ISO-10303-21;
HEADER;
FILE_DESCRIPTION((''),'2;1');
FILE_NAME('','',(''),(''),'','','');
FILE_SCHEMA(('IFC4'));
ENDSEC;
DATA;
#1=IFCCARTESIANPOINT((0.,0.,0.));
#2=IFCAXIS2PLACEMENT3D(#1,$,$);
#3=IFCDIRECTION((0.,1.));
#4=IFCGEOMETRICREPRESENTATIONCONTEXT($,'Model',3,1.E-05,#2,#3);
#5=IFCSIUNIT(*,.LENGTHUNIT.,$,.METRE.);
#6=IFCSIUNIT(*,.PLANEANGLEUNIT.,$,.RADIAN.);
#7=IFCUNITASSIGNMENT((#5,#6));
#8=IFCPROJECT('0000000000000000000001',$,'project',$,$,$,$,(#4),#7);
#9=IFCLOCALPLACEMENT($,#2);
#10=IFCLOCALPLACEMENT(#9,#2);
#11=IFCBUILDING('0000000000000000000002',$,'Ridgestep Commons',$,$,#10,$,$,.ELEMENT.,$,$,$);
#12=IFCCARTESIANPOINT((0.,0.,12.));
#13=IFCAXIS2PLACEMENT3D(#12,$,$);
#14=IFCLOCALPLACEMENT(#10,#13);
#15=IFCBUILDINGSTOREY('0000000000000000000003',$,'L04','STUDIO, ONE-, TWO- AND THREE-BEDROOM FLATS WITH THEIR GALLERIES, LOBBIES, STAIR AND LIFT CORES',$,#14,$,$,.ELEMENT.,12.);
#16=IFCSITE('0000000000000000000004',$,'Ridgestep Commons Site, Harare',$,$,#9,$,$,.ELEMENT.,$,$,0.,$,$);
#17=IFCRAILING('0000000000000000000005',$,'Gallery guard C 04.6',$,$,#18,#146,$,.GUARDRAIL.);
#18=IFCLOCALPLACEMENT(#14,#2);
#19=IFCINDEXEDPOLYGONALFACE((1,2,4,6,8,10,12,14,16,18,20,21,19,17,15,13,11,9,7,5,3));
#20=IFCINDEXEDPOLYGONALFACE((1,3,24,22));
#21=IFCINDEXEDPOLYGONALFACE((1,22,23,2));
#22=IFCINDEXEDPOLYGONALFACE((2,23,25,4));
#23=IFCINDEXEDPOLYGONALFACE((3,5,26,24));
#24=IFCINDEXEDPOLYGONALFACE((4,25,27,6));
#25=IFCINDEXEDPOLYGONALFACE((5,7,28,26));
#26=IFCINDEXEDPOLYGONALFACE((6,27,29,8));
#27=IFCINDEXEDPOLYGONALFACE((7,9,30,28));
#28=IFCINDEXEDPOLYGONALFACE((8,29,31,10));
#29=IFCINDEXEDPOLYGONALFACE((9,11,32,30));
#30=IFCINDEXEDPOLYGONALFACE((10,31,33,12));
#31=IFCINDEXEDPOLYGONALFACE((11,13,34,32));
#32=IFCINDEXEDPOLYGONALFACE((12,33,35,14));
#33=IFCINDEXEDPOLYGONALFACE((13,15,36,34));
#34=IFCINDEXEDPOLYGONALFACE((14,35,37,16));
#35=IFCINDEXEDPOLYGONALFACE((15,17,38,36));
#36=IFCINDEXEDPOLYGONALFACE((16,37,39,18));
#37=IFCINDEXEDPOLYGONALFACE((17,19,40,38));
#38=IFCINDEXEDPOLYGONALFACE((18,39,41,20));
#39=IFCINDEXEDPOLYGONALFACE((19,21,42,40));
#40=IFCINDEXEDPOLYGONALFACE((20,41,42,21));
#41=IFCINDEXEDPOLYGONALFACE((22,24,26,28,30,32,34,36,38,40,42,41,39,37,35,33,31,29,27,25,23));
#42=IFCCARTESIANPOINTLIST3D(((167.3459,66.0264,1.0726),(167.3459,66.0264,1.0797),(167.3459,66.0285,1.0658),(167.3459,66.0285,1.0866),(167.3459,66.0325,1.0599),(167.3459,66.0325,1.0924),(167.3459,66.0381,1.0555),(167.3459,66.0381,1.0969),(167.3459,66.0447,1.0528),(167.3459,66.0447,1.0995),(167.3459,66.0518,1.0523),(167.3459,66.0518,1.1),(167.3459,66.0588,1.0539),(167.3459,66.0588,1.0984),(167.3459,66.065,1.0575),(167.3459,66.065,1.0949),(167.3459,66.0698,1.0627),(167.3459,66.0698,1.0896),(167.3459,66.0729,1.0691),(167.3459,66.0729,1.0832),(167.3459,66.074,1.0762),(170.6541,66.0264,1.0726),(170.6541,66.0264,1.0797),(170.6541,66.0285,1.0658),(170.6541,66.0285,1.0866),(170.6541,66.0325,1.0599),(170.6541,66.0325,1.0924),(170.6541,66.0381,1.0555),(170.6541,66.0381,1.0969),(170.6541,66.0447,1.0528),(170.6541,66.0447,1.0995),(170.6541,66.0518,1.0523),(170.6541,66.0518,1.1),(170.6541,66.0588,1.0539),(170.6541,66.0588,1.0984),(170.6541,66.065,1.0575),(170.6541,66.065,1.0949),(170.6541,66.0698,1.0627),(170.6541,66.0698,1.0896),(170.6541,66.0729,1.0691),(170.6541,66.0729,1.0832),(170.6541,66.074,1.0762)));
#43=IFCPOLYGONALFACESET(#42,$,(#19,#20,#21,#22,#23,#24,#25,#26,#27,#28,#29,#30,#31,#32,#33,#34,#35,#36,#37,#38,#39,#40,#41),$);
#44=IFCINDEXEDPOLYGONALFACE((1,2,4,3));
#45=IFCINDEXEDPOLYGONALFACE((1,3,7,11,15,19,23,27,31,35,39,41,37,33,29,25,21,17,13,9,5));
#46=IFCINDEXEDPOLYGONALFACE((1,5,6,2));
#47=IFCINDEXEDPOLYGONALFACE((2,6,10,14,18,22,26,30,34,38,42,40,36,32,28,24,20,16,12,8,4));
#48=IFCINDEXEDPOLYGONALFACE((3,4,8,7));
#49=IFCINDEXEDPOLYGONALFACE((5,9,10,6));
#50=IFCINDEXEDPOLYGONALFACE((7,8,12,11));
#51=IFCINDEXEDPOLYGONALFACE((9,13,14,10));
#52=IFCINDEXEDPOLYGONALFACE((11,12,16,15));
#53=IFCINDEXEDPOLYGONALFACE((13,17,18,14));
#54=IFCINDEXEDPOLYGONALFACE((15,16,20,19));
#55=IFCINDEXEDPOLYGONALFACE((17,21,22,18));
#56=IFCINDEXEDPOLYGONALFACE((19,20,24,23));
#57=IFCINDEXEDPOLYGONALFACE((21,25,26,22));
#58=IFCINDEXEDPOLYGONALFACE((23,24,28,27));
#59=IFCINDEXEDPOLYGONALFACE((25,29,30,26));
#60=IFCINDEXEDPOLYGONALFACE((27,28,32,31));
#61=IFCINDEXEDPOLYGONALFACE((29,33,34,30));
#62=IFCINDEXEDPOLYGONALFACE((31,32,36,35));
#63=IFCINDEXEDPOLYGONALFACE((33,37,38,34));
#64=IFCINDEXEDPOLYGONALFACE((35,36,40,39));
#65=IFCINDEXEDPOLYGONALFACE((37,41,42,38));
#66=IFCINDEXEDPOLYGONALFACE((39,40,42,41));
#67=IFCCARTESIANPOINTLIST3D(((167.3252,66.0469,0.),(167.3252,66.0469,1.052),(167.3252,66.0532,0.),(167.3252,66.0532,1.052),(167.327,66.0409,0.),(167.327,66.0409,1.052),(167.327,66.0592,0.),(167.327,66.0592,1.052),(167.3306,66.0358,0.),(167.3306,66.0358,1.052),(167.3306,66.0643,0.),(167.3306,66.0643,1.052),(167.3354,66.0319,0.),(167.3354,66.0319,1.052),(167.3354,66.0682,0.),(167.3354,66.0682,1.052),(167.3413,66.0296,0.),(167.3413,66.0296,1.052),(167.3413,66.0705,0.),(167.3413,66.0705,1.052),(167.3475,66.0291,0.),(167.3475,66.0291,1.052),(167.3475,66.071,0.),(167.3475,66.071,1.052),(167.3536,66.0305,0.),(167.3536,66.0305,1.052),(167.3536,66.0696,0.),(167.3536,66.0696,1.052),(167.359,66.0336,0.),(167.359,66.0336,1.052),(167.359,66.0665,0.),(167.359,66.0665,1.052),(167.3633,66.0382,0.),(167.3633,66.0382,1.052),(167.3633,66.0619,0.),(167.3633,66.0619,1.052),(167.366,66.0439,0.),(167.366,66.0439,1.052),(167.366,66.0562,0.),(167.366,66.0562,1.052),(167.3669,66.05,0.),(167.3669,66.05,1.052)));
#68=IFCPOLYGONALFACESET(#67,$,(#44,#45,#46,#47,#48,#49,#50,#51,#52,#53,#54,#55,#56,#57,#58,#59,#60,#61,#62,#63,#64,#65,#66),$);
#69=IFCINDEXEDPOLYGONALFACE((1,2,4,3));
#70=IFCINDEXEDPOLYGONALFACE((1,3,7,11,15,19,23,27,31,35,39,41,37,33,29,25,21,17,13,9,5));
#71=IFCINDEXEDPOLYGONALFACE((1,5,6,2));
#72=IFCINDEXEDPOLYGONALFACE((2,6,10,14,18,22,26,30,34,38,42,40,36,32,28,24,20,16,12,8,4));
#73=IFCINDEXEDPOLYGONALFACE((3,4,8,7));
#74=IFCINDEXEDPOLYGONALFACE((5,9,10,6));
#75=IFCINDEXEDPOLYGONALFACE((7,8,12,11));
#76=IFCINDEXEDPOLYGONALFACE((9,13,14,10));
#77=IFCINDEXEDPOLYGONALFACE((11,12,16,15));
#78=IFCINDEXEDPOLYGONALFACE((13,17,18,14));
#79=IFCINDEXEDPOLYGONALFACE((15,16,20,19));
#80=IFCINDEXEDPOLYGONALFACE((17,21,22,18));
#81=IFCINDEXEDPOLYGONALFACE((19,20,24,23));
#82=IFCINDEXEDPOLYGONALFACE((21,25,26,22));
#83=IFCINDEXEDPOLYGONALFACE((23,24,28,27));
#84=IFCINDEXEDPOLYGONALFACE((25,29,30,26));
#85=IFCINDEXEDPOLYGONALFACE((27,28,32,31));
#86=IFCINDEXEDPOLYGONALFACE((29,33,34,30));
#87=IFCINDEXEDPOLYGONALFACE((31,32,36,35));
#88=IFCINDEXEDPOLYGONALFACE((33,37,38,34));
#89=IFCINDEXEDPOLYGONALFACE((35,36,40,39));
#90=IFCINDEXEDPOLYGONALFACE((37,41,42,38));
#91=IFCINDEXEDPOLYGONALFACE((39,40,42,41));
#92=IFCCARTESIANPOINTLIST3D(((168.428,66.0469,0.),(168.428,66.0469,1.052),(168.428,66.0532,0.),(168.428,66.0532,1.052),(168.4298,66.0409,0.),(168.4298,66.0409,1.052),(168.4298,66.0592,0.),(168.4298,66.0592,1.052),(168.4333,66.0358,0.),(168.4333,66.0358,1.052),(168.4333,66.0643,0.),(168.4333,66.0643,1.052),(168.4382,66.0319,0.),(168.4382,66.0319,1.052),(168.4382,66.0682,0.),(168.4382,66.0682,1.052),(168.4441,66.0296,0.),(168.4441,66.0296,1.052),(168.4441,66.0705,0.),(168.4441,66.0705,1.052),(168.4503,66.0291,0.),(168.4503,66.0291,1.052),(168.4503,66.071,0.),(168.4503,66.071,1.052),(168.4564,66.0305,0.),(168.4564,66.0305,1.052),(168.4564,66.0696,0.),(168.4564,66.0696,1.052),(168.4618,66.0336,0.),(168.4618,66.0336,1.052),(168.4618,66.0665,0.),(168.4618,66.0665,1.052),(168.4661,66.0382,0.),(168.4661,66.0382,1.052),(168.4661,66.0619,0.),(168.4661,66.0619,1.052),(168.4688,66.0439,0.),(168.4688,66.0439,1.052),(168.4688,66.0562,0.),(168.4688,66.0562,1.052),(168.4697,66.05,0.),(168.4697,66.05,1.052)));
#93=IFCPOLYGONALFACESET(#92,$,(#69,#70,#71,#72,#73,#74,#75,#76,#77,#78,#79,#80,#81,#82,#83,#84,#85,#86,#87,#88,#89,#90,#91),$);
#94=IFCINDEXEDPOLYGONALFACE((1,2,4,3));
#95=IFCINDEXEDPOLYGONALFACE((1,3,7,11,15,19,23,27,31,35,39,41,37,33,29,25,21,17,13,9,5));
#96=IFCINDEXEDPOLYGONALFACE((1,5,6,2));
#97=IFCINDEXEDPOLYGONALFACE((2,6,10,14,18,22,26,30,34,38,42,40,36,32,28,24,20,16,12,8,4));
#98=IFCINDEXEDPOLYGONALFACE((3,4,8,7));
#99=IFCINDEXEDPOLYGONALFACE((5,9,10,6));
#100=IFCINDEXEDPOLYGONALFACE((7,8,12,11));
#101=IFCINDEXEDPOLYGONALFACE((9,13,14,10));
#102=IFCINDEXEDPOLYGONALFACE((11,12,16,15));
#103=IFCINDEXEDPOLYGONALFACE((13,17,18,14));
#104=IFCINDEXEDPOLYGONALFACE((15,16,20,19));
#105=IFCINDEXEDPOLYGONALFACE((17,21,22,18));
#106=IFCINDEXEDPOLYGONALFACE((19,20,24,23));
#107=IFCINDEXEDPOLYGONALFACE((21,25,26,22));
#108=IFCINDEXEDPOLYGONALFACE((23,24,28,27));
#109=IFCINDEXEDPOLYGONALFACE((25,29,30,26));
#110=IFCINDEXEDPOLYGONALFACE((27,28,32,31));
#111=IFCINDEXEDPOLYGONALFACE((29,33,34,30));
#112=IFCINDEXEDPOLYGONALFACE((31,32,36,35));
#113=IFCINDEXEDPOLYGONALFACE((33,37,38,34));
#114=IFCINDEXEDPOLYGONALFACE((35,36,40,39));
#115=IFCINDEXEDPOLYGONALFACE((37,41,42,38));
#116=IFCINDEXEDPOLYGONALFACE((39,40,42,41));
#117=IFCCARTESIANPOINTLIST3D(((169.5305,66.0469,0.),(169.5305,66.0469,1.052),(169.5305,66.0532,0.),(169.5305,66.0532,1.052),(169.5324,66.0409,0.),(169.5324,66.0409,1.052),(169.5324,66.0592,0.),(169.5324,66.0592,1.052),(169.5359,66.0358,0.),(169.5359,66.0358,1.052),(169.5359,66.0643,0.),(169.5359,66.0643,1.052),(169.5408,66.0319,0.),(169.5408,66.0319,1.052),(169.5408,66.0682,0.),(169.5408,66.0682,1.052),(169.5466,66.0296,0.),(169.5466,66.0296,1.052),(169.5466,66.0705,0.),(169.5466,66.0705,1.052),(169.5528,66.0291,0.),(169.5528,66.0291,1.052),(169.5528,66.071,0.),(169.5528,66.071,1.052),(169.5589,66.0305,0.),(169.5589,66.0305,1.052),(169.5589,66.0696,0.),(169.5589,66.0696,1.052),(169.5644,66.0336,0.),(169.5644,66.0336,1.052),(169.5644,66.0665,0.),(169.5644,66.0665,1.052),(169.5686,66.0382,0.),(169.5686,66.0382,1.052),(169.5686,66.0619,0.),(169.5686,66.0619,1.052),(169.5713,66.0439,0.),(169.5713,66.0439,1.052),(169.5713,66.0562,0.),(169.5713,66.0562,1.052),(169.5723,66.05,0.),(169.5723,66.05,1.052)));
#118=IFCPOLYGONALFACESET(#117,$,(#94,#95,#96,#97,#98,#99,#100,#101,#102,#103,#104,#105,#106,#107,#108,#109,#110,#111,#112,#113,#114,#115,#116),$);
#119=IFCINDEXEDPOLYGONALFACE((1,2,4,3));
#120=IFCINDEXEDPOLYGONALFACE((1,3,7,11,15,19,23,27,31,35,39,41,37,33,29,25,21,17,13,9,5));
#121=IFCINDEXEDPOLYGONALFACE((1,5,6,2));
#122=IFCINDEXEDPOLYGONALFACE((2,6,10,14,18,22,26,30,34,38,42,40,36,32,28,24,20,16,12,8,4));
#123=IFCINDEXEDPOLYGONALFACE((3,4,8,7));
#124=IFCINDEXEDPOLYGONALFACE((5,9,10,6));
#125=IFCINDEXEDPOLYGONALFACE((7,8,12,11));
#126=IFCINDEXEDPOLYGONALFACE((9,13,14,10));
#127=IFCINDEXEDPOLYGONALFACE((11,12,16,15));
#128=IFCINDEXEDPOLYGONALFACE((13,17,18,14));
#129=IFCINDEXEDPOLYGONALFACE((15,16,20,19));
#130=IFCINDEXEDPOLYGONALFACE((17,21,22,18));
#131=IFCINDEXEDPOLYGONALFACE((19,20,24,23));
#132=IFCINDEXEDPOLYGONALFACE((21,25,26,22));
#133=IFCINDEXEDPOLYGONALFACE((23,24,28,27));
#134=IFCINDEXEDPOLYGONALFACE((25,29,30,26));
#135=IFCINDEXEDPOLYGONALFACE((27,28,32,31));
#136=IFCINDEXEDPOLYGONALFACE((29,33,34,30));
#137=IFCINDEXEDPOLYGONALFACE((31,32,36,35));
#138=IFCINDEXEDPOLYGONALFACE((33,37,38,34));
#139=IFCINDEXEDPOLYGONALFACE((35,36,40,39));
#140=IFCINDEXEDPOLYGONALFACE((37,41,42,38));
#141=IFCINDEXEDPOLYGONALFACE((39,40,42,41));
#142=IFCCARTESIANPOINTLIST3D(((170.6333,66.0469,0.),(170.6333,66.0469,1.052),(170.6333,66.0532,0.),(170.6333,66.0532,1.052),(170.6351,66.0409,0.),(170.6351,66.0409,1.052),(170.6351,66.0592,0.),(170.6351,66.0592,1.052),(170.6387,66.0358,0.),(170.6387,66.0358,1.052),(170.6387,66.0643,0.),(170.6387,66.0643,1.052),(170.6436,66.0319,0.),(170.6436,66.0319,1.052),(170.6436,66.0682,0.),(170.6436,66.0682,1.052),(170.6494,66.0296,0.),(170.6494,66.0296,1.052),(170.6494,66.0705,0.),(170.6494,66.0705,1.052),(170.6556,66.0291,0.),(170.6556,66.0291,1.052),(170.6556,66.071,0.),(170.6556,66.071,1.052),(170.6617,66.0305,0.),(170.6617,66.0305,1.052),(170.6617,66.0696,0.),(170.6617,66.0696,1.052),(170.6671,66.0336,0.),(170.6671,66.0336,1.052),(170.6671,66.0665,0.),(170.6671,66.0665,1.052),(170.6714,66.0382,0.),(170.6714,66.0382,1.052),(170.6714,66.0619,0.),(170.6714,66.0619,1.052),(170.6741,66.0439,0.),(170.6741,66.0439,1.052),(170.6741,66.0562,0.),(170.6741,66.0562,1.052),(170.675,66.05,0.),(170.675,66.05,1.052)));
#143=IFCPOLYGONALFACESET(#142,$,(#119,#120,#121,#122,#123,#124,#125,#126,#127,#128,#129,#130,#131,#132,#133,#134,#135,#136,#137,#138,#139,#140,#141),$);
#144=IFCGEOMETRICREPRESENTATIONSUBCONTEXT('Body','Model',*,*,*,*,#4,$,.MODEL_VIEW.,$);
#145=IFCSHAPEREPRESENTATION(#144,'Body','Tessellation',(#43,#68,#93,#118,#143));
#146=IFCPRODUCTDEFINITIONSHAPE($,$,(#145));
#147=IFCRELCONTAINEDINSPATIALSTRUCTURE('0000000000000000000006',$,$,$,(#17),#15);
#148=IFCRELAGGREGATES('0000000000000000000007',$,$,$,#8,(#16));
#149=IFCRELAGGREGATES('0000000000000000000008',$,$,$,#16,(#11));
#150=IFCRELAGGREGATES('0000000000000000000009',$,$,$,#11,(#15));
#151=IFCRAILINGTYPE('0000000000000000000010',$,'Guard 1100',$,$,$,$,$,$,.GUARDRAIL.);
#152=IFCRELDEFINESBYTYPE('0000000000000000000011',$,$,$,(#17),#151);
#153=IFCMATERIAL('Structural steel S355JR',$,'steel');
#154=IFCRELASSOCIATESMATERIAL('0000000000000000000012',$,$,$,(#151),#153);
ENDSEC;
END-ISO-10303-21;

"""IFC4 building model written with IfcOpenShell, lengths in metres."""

from ifc_helpers import new_model, si_unit, direction, frame, origin, origin_2d, place, context, subcontext, project, spatial, circle, extrude, material, type_object, element, save


model = new_model("IFC4")

# Units and contexts
model_context = context("Model", 3, precision=1e-05, world=origin(), true_north=direction((0.0, 1.0)))
body_context = subcontext(model_context, "Body", "Model", "MODEL_VIEW")
ifc_project = project(units=[si_unit("LENGTHUNIT", "METRE"), si_unit("PLANEANGLEUNIT", "RADIAN")], contexts=[model_context])

# Site, building, storey
site_placement = place(None, origin())
site = spatial("IfcSite", under=ifc_project, at=site_placement, Name="Ridgestep Commons Site, Harare", CompositionType="ELEMENT", RefElevation=0.0)
building_placement = place(site_placement, origin())
building = spatial("IfcBuilding", under=site, at=building_placement, Name="Ridgestep Commons", CompositionType="ELEMENT")
storey_placement = place(building_placement, frame((0.0, 0.0, 12.0)))
storey = spatial("IfcBuildingStorey", under=building, at=storey_placement, Name="L04", Description="STUDIO, ONE-, TWO- AND THREE-BEDROOM FLATS WITH THEIR GALLERIES, LOBBIES, STAIR AND LIFT CORES", CompositionType="ELEMENT", Elevation=12.0)

# Railing
ifc_material_1 = material(Name="Structural steel S355JR", Category="steel")
railing_type = type_object("IfcRailingType", Name="Guard 1100", PredefinedType="GUARDRAIL", material=ifc_material_1)
railing_1_placement = place(storey_placement, frame((167.3459, 66.05, 0.0)))
element("IfcRailing", 1, at=railing_1_placement, inside=storey, type_object=railing_type, Name="Gallery guard C 04.6", PredefinedType="GUARDRAIL", context=body_context, shape_type="SweptSolid", body=[
    extrude(circle(Radius=0.0239, at=origin_2d()), frame((0.0, 0.0, 1.0762), z_axis=(1.0, 0.0, 0.0), x_axis=(0.0, 1.0, 0.0)), (0.0, 0.0, 1.0), 3.3081),
    extrude(circle(Radius=0.021, at=origin_2d()), origin(), (0.0, 0.0, 1.0), 1.052),
    extrude(circle(Radius=0.021, at=origin_2d()), frame((1.1028, 0.0, 0.0)), (0.0, 0.0, 1.0), 1.052),
    extrude(circle(Radius=0.021, at=origin_2d()), frame((2.2053, 0.0, 0.0)), (0.0, 0.0, 1.0), 1.052),
    extrude(circle(Radius=0.021, at=origin_2d()), frame((3.3081, 0.0, 0.0)), (0.0, 0.0, 1.0), 1.052),
])

save(model, "model.ifc")
